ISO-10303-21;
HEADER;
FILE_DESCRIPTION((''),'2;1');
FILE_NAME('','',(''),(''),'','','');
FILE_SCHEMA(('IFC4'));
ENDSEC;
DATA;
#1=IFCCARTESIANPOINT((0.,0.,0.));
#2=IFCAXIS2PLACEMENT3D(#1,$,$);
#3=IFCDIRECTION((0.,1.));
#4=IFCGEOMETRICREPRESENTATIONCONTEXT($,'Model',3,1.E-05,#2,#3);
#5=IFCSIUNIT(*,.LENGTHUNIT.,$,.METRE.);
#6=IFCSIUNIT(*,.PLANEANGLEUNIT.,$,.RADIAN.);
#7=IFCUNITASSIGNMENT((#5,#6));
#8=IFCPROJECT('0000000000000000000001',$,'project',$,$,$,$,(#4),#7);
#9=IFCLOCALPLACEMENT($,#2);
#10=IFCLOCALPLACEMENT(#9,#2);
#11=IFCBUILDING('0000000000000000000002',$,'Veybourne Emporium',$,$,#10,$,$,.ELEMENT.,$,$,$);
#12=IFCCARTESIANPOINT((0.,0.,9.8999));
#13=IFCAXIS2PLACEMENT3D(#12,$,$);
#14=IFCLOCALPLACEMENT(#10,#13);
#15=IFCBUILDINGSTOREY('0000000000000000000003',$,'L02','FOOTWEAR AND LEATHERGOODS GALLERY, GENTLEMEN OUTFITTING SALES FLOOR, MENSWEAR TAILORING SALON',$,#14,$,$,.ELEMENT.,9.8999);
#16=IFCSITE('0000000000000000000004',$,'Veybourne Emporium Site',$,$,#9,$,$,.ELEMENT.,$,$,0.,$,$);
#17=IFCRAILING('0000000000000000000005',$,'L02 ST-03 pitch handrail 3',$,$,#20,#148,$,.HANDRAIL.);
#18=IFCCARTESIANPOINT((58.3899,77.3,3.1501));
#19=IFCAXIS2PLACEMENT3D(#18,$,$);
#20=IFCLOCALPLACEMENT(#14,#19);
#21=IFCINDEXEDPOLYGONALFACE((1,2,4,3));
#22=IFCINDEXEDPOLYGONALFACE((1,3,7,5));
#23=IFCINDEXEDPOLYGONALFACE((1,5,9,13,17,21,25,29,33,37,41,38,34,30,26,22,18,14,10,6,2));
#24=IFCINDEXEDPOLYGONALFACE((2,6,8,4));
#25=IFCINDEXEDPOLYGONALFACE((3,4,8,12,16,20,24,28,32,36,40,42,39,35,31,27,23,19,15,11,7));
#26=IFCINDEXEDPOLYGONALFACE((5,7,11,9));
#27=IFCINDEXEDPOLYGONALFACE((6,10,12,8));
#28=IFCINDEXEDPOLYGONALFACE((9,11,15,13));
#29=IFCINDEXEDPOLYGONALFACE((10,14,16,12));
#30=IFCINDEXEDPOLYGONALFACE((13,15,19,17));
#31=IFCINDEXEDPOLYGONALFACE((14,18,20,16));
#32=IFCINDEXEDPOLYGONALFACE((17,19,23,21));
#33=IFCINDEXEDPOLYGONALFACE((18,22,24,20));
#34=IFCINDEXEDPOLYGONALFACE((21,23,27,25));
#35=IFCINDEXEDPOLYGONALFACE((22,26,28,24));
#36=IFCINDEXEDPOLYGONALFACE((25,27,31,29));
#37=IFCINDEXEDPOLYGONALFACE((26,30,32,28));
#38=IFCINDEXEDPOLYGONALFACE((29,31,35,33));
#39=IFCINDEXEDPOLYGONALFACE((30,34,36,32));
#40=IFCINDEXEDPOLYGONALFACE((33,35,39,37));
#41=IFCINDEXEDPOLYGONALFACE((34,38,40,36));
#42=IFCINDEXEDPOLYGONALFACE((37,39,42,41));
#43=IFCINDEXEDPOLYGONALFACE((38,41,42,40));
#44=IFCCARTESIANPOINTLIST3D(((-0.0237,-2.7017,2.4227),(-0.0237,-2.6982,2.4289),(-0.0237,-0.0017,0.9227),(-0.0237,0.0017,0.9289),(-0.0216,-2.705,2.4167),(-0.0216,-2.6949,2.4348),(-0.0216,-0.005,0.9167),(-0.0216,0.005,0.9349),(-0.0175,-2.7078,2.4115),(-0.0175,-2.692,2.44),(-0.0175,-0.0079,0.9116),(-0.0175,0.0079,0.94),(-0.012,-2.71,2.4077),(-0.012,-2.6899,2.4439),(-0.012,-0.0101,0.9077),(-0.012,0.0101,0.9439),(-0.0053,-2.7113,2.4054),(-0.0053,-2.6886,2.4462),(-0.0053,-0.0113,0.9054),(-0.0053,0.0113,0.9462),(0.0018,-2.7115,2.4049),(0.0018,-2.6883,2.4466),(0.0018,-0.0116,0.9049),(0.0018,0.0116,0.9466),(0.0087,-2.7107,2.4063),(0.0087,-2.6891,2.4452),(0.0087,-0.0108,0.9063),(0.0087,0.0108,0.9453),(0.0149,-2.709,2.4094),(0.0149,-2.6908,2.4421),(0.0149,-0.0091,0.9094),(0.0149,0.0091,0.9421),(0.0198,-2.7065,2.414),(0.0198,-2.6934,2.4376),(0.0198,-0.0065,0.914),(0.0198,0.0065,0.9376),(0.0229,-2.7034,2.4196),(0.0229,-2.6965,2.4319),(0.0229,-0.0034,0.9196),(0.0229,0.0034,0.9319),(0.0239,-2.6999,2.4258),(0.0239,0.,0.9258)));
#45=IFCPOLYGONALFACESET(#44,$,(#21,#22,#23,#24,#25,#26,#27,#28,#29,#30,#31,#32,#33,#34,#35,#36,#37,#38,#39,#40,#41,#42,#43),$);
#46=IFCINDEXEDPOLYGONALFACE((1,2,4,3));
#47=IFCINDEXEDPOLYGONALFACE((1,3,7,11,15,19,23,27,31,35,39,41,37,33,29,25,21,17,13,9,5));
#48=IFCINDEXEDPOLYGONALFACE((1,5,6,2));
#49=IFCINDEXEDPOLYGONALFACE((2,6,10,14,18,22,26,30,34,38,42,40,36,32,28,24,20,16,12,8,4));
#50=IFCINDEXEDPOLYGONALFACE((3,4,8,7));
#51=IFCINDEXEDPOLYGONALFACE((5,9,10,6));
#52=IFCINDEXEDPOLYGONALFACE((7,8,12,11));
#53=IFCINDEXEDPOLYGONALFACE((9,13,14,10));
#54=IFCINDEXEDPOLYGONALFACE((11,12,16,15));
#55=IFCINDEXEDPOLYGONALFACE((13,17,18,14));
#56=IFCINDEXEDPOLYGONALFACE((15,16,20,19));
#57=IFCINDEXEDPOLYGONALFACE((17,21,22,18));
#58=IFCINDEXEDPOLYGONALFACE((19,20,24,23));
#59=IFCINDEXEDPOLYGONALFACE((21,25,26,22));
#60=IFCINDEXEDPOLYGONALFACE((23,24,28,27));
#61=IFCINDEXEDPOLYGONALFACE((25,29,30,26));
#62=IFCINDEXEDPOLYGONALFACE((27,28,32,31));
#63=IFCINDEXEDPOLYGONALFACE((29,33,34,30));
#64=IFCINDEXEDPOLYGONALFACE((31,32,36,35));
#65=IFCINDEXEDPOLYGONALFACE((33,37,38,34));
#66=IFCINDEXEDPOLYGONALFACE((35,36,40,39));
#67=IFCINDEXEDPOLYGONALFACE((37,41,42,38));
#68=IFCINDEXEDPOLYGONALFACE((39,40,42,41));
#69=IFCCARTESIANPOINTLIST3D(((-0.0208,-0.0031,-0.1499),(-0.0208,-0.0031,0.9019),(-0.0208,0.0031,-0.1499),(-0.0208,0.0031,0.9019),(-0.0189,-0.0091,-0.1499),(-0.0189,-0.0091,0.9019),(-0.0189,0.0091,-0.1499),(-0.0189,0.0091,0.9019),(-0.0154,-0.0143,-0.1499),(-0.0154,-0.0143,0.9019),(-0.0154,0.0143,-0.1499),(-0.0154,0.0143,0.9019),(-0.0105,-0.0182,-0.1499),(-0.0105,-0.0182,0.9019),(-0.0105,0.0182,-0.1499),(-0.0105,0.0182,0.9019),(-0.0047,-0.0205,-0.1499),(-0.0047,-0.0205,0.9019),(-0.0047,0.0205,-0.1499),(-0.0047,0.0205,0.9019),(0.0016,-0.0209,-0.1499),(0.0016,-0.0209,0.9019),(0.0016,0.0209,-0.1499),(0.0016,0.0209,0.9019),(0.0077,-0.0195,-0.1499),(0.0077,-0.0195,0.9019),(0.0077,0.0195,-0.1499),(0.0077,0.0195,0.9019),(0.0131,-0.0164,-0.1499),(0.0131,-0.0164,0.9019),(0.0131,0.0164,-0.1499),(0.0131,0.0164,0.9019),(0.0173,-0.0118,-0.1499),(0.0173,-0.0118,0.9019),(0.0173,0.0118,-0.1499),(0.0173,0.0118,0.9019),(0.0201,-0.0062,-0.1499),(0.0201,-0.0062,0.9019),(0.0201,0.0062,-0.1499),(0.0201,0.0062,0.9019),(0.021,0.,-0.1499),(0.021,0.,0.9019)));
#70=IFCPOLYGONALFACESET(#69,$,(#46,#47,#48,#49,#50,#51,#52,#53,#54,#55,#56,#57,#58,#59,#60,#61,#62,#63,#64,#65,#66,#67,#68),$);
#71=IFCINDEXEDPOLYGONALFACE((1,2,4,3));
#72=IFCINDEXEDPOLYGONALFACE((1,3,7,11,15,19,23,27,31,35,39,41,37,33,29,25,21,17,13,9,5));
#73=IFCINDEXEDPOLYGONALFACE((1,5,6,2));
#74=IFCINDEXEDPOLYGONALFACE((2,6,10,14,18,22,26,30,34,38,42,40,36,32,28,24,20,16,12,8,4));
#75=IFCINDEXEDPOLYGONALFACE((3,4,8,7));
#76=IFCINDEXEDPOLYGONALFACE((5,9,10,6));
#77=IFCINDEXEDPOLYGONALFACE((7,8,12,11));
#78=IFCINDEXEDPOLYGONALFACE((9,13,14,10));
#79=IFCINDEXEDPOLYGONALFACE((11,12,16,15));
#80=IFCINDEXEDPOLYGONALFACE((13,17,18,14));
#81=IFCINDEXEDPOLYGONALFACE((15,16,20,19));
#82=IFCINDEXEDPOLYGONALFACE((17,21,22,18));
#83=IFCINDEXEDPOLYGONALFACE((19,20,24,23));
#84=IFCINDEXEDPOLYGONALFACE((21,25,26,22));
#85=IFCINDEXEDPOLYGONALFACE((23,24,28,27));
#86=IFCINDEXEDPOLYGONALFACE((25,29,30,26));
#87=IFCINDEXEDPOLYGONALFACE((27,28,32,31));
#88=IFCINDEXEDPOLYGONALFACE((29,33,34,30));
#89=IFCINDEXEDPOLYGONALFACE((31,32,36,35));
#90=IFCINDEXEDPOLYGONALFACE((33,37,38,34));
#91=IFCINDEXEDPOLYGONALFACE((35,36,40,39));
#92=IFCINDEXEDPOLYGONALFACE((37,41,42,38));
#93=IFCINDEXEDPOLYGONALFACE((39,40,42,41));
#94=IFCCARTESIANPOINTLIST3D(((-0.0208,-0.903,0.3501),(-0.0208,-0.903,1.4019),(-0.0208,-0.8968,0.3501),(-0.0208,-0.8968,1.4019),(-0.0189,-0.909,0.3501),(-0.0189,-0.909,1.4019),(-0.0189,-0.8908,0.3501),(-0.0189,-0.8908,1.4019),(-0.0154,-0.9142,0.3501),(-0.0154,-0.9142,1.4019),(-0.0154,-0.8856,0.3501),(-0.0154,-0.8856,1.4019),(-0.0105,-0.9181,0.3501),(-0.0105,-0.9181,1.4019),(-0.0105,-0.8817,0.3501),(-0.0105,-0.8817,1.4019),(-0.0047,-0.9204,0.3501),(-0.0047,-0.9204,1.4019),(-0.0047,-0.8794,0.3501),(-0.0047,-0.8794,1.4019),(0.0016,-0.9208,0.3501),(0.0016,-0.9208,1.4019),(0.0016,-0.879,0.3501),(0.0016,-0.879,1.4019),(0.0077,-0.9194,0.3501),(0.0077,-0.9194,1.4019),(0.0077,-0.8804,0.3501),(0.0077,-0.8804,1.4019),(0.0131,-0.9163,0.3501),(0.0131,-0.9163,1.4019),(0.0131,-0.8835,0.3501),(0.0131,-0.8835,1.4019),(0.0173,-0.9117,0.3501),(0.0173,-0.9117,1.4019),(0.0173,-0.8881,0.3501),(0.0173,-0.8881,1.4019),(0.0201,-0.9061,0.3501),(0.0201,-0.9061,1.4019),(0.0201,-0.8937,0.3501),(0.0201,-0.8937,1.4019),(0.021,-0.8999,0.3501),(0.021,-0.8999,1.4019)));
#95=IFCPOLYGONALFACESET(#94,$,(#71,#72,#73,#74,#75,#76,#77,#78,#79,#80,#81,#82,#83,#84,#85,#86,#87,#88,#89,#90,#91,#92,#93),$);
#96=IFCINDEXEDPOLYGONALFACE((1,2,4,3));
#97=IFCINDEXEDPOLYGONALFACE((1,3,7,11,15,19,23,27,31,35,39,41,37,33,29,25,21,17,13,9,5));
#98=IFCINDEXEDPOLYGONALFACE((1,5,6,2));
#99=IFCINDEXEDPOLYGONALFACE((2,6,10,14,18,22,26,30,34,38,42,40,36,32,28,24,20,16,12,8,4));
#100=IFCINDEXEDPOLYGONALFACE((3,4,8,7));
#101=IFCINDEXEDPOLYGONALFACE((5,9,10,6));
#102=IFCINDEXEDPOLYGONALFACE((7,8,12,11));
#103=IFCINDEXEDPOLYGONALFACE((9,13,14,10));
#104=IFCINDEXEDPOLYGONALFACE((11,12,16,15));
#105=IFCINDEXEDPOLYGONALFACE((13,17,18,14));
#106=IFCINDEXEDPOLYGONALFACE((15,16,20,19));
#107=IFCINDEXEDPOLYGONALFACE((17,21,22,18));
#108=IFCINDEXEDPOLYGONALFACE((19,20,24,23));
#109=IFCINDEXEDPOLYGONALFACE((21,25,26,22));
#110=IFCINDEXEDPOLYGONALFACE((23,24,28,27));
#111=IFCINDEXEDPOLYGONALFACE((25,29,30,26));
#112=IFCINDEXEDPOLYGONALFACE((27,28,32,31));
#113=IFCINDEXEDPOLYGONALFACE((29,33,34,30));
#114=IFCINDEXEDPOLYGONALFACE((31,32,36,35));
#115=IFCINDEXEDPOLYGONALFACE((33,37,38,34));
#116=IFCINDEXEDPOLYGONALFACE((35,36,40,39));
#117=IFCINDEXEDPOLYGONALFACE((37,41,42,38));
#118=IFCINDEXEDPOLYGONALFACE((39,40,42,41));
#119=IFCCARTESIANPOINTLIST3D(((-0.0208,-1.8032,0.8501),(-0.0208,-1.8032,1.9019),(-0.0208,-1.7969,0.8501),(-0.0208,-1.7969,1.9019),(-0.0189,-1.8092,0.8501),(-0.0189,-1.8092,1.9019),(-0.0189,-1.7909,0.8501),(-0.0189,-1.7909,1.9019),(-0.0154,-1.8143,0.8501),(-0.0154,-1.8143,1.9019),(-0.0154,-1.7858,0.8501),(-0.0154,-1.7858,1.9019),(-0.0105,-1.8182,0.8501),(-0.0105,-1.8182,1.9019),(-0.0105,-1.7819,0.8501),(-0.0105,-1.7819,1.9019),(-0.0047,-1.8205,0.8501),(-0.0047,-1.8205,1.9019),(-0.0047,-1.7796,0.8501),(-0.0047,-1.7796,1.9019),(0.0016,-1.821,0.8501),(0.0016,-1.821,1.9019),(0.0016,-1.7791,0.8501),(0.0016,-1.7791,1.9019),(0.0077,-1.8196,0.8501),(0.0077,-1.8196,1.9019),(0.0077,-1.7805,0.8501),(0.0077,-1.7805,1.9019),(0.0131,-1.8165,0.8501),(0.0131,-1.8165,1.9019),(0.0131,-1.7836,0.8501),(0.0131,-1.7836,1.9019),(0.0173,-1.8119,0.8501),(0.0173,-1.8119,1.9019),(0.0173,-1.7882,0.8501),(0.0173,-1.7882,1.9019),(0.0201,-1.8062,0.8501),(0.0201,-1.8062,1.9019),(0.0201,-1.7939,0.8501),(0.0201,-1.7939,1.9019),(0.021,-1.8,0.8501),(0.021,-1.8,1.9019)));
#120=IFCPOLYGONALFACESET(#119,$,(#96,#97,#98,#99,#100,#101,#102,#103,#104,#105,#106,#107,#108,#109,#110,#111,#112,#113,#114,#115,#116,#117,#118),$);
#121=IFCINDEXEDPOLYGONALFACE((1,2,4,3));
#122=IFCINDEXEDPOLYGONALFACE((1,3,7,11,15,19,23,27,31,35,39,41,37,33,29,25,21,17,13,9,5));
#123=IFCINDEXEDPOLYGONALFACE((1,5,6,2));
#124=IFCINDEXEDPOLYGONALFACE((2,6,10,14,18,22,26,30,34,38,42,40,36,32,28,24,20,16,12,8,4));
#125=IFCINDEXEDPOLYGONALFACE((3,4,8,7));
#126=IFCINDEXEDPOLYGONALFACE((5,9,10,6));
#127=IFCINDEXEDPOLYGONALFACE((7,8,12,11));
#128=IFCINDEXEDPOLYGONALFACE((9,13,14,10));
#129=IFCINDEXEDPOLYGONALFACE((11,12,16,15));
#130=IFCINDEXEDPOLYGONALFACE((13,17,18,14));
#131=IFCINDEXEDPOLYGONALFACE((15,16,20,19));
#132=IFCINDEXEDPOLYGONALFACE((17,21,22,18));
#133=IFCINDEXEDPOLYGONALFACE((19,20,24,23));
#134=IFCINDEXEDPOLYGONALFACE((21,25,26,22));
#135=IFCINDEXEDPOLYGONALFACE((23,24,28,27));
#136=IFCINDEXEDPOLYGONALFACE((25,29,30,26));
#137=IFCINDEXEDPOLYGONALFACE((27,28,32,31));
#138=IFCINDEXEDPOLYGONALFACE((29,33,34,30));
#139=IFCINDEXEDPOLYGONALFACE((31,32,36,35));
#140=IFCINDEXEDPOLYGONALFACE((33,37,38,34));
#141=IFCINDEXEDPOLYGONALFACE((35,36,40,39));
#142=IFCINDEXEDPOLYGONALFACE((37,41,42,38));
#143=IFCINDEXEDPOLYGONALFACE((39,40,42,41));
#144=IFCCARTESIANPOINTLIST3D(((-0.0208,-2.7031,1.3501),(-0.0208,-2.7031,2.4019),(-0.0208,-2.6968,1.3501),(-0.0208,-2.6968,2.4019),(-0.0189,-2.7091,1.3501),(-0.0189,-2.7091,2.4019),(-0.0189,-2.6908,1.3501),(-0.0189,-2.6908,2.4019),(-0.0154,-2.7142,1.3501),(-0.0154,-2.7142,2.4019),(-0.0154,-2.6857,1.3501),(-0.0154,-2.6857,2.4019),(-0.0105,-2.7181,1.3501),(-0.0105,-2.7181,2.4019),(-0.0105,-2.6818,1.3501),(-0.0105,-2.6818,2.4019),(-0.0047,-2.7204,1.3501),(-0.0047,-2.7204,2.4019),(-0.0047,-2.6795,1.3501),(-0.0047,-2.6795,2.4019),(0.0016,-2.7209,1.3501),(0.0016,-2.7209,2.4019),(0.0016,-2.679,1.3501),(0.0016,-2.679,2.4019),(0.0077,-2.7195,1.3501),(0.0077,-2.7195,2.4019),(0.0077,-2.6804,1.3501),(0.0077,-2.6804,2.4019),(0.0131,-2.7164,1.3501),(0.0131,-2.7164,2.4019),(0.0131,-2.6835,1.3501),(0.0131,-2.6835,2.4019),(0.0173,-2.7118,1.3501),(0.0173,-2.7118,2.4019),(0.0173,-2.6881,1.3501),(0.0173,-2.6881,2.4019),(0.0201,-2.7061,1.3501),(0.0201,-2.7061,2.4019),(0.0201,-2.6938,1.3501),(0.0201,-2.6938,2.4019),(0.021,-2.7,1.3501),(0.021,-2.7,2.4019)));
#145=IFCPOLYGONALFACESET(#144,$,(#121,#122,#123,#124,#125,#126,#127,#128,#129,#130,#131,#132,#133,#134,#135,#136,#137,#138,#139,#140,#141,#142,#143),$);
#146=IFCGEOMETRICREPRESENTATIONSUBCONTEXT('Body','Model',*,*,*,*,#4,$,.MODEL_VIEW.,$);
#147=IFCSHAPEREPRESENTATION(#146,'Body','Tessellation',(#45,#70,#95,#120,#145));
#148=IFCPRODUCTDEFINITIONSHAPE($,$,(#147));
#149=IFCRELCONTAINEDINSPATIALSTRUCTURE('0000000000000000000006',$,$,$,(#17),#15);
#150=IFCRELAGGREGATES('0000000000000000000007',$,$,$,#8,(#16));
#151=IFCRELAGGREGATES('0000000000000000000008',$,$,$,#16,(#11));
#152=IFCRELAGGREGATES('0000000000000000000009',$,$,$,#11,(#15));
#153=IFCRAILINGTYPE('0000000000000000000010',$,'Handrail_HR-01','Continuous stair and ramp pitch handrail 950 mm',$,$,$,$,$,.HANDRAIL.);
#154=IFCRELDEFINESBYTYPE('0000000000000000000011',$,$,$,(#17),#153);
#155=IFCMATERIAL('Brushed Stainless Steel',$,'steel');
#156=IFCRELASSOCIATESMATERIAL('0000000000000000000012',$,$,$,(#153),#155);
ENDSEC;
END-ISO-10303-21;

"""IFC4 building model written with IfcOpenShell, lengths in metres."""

from ifc_helpers import new_model, si_unit, direction, frame, origin, origin_2d, place, context, subcontext, project, spatial, circle, extrude, material, type_object, element, save


model = new_model("IFC4")

# Units and contexts
model_context = context("Model", 3, precision=1e-05, world=origin(), true_north=direction((0.0, 1.0)))
body_context = subcontext(model_context, "Body", "Model", "MODEL_VIEW")
ifc_project = project(units=[si_unit("LENGTHUNIT", "METRE"), si_unit("PLANEANGLEUNIT", "RADIAN")], contexts=[model_context])

# Site, building, storey
site_placement = place(None, origin())
site = spatial("IfcSite", under=ifc_project, at=site_placement, Name="Veybourne Emporium Site", CompositionType="ELEMENT", RefElevation=0.0)
building_placement = place(site_placement, origin())
building = spatial("IfcBuilding", under=site, at=building_placement, Name="Veybourne Emporium", CompositionType="ELEMENT")
storey_placement = place(building_placement, frame((0.0, 0.0, 9.8999)))
storey = spatial("IfcBuildingStorey", under=building, at=storey_placement, Name="L02", Description="FOOTWEAR AND LEATHERGOODS GALLERY, GENTLEMEN OUTFITTING SALES FLOOR, MENSWEAR TAILORING SALON", CompositionType="ELEMENT", Elevation=9.8999)

# Railing
ifc_material_1 = material(Name="Brushed Stainless Steel", Category="steel")
railing_type_1 = type_object("IfcRailingType", Name="Handrail_HR-01", Description="Continuous stair and ramp pitch handrail 950 mm", PredefinedType="HANDRAIL", material=ifc_material_1)
railing_1_placement = place(storey_placement, frame((58.3899, 77.3, 3.1501)))
element("IfcRailing", 1, at=railing_1_placement, inside=storey, type_object=railing_type_1, Name="L02 ST-03 pitch handrail 3", PredefinedType="HANDRAIL", context=body_context, shape_type="SweptSolid", body=[
    extrude(circle(Radius=0.0239, at=origin_2d()), frame((0.0, 0.0, 0.9258), z_axis=(0.0, -0.874154, 0.48565), x_axis=(1.0, 0.0, 0.0)), (0.0, 0.0, 1.0), 3.0886),
    extrude(circle(Radius=0.021, at=origin_2d()), frame((0.0, 0.0, -0.1499)), (0.0, 0.0, 1.0), 1.0518),
    extrude(circle(Radius=0.021, at=origin_2d()), frame((0.0, -0.8999, 0.3501)), (0.0, 0.0, 1.0), 1.0518),
    extrude(circle(Radius=0.021, at=origin_2d()), frame((0.0, -1.8, 0.8501)), (0.0, 0.0, 1.0), 1.0518),
    extrude(circle(Radius=0.021, at=origin_2d()), frame((0.0, -2.7, 1.3501)), (0.0, 0.0, 1.0), 1.0518),
])

save(model, "model.ifc")
